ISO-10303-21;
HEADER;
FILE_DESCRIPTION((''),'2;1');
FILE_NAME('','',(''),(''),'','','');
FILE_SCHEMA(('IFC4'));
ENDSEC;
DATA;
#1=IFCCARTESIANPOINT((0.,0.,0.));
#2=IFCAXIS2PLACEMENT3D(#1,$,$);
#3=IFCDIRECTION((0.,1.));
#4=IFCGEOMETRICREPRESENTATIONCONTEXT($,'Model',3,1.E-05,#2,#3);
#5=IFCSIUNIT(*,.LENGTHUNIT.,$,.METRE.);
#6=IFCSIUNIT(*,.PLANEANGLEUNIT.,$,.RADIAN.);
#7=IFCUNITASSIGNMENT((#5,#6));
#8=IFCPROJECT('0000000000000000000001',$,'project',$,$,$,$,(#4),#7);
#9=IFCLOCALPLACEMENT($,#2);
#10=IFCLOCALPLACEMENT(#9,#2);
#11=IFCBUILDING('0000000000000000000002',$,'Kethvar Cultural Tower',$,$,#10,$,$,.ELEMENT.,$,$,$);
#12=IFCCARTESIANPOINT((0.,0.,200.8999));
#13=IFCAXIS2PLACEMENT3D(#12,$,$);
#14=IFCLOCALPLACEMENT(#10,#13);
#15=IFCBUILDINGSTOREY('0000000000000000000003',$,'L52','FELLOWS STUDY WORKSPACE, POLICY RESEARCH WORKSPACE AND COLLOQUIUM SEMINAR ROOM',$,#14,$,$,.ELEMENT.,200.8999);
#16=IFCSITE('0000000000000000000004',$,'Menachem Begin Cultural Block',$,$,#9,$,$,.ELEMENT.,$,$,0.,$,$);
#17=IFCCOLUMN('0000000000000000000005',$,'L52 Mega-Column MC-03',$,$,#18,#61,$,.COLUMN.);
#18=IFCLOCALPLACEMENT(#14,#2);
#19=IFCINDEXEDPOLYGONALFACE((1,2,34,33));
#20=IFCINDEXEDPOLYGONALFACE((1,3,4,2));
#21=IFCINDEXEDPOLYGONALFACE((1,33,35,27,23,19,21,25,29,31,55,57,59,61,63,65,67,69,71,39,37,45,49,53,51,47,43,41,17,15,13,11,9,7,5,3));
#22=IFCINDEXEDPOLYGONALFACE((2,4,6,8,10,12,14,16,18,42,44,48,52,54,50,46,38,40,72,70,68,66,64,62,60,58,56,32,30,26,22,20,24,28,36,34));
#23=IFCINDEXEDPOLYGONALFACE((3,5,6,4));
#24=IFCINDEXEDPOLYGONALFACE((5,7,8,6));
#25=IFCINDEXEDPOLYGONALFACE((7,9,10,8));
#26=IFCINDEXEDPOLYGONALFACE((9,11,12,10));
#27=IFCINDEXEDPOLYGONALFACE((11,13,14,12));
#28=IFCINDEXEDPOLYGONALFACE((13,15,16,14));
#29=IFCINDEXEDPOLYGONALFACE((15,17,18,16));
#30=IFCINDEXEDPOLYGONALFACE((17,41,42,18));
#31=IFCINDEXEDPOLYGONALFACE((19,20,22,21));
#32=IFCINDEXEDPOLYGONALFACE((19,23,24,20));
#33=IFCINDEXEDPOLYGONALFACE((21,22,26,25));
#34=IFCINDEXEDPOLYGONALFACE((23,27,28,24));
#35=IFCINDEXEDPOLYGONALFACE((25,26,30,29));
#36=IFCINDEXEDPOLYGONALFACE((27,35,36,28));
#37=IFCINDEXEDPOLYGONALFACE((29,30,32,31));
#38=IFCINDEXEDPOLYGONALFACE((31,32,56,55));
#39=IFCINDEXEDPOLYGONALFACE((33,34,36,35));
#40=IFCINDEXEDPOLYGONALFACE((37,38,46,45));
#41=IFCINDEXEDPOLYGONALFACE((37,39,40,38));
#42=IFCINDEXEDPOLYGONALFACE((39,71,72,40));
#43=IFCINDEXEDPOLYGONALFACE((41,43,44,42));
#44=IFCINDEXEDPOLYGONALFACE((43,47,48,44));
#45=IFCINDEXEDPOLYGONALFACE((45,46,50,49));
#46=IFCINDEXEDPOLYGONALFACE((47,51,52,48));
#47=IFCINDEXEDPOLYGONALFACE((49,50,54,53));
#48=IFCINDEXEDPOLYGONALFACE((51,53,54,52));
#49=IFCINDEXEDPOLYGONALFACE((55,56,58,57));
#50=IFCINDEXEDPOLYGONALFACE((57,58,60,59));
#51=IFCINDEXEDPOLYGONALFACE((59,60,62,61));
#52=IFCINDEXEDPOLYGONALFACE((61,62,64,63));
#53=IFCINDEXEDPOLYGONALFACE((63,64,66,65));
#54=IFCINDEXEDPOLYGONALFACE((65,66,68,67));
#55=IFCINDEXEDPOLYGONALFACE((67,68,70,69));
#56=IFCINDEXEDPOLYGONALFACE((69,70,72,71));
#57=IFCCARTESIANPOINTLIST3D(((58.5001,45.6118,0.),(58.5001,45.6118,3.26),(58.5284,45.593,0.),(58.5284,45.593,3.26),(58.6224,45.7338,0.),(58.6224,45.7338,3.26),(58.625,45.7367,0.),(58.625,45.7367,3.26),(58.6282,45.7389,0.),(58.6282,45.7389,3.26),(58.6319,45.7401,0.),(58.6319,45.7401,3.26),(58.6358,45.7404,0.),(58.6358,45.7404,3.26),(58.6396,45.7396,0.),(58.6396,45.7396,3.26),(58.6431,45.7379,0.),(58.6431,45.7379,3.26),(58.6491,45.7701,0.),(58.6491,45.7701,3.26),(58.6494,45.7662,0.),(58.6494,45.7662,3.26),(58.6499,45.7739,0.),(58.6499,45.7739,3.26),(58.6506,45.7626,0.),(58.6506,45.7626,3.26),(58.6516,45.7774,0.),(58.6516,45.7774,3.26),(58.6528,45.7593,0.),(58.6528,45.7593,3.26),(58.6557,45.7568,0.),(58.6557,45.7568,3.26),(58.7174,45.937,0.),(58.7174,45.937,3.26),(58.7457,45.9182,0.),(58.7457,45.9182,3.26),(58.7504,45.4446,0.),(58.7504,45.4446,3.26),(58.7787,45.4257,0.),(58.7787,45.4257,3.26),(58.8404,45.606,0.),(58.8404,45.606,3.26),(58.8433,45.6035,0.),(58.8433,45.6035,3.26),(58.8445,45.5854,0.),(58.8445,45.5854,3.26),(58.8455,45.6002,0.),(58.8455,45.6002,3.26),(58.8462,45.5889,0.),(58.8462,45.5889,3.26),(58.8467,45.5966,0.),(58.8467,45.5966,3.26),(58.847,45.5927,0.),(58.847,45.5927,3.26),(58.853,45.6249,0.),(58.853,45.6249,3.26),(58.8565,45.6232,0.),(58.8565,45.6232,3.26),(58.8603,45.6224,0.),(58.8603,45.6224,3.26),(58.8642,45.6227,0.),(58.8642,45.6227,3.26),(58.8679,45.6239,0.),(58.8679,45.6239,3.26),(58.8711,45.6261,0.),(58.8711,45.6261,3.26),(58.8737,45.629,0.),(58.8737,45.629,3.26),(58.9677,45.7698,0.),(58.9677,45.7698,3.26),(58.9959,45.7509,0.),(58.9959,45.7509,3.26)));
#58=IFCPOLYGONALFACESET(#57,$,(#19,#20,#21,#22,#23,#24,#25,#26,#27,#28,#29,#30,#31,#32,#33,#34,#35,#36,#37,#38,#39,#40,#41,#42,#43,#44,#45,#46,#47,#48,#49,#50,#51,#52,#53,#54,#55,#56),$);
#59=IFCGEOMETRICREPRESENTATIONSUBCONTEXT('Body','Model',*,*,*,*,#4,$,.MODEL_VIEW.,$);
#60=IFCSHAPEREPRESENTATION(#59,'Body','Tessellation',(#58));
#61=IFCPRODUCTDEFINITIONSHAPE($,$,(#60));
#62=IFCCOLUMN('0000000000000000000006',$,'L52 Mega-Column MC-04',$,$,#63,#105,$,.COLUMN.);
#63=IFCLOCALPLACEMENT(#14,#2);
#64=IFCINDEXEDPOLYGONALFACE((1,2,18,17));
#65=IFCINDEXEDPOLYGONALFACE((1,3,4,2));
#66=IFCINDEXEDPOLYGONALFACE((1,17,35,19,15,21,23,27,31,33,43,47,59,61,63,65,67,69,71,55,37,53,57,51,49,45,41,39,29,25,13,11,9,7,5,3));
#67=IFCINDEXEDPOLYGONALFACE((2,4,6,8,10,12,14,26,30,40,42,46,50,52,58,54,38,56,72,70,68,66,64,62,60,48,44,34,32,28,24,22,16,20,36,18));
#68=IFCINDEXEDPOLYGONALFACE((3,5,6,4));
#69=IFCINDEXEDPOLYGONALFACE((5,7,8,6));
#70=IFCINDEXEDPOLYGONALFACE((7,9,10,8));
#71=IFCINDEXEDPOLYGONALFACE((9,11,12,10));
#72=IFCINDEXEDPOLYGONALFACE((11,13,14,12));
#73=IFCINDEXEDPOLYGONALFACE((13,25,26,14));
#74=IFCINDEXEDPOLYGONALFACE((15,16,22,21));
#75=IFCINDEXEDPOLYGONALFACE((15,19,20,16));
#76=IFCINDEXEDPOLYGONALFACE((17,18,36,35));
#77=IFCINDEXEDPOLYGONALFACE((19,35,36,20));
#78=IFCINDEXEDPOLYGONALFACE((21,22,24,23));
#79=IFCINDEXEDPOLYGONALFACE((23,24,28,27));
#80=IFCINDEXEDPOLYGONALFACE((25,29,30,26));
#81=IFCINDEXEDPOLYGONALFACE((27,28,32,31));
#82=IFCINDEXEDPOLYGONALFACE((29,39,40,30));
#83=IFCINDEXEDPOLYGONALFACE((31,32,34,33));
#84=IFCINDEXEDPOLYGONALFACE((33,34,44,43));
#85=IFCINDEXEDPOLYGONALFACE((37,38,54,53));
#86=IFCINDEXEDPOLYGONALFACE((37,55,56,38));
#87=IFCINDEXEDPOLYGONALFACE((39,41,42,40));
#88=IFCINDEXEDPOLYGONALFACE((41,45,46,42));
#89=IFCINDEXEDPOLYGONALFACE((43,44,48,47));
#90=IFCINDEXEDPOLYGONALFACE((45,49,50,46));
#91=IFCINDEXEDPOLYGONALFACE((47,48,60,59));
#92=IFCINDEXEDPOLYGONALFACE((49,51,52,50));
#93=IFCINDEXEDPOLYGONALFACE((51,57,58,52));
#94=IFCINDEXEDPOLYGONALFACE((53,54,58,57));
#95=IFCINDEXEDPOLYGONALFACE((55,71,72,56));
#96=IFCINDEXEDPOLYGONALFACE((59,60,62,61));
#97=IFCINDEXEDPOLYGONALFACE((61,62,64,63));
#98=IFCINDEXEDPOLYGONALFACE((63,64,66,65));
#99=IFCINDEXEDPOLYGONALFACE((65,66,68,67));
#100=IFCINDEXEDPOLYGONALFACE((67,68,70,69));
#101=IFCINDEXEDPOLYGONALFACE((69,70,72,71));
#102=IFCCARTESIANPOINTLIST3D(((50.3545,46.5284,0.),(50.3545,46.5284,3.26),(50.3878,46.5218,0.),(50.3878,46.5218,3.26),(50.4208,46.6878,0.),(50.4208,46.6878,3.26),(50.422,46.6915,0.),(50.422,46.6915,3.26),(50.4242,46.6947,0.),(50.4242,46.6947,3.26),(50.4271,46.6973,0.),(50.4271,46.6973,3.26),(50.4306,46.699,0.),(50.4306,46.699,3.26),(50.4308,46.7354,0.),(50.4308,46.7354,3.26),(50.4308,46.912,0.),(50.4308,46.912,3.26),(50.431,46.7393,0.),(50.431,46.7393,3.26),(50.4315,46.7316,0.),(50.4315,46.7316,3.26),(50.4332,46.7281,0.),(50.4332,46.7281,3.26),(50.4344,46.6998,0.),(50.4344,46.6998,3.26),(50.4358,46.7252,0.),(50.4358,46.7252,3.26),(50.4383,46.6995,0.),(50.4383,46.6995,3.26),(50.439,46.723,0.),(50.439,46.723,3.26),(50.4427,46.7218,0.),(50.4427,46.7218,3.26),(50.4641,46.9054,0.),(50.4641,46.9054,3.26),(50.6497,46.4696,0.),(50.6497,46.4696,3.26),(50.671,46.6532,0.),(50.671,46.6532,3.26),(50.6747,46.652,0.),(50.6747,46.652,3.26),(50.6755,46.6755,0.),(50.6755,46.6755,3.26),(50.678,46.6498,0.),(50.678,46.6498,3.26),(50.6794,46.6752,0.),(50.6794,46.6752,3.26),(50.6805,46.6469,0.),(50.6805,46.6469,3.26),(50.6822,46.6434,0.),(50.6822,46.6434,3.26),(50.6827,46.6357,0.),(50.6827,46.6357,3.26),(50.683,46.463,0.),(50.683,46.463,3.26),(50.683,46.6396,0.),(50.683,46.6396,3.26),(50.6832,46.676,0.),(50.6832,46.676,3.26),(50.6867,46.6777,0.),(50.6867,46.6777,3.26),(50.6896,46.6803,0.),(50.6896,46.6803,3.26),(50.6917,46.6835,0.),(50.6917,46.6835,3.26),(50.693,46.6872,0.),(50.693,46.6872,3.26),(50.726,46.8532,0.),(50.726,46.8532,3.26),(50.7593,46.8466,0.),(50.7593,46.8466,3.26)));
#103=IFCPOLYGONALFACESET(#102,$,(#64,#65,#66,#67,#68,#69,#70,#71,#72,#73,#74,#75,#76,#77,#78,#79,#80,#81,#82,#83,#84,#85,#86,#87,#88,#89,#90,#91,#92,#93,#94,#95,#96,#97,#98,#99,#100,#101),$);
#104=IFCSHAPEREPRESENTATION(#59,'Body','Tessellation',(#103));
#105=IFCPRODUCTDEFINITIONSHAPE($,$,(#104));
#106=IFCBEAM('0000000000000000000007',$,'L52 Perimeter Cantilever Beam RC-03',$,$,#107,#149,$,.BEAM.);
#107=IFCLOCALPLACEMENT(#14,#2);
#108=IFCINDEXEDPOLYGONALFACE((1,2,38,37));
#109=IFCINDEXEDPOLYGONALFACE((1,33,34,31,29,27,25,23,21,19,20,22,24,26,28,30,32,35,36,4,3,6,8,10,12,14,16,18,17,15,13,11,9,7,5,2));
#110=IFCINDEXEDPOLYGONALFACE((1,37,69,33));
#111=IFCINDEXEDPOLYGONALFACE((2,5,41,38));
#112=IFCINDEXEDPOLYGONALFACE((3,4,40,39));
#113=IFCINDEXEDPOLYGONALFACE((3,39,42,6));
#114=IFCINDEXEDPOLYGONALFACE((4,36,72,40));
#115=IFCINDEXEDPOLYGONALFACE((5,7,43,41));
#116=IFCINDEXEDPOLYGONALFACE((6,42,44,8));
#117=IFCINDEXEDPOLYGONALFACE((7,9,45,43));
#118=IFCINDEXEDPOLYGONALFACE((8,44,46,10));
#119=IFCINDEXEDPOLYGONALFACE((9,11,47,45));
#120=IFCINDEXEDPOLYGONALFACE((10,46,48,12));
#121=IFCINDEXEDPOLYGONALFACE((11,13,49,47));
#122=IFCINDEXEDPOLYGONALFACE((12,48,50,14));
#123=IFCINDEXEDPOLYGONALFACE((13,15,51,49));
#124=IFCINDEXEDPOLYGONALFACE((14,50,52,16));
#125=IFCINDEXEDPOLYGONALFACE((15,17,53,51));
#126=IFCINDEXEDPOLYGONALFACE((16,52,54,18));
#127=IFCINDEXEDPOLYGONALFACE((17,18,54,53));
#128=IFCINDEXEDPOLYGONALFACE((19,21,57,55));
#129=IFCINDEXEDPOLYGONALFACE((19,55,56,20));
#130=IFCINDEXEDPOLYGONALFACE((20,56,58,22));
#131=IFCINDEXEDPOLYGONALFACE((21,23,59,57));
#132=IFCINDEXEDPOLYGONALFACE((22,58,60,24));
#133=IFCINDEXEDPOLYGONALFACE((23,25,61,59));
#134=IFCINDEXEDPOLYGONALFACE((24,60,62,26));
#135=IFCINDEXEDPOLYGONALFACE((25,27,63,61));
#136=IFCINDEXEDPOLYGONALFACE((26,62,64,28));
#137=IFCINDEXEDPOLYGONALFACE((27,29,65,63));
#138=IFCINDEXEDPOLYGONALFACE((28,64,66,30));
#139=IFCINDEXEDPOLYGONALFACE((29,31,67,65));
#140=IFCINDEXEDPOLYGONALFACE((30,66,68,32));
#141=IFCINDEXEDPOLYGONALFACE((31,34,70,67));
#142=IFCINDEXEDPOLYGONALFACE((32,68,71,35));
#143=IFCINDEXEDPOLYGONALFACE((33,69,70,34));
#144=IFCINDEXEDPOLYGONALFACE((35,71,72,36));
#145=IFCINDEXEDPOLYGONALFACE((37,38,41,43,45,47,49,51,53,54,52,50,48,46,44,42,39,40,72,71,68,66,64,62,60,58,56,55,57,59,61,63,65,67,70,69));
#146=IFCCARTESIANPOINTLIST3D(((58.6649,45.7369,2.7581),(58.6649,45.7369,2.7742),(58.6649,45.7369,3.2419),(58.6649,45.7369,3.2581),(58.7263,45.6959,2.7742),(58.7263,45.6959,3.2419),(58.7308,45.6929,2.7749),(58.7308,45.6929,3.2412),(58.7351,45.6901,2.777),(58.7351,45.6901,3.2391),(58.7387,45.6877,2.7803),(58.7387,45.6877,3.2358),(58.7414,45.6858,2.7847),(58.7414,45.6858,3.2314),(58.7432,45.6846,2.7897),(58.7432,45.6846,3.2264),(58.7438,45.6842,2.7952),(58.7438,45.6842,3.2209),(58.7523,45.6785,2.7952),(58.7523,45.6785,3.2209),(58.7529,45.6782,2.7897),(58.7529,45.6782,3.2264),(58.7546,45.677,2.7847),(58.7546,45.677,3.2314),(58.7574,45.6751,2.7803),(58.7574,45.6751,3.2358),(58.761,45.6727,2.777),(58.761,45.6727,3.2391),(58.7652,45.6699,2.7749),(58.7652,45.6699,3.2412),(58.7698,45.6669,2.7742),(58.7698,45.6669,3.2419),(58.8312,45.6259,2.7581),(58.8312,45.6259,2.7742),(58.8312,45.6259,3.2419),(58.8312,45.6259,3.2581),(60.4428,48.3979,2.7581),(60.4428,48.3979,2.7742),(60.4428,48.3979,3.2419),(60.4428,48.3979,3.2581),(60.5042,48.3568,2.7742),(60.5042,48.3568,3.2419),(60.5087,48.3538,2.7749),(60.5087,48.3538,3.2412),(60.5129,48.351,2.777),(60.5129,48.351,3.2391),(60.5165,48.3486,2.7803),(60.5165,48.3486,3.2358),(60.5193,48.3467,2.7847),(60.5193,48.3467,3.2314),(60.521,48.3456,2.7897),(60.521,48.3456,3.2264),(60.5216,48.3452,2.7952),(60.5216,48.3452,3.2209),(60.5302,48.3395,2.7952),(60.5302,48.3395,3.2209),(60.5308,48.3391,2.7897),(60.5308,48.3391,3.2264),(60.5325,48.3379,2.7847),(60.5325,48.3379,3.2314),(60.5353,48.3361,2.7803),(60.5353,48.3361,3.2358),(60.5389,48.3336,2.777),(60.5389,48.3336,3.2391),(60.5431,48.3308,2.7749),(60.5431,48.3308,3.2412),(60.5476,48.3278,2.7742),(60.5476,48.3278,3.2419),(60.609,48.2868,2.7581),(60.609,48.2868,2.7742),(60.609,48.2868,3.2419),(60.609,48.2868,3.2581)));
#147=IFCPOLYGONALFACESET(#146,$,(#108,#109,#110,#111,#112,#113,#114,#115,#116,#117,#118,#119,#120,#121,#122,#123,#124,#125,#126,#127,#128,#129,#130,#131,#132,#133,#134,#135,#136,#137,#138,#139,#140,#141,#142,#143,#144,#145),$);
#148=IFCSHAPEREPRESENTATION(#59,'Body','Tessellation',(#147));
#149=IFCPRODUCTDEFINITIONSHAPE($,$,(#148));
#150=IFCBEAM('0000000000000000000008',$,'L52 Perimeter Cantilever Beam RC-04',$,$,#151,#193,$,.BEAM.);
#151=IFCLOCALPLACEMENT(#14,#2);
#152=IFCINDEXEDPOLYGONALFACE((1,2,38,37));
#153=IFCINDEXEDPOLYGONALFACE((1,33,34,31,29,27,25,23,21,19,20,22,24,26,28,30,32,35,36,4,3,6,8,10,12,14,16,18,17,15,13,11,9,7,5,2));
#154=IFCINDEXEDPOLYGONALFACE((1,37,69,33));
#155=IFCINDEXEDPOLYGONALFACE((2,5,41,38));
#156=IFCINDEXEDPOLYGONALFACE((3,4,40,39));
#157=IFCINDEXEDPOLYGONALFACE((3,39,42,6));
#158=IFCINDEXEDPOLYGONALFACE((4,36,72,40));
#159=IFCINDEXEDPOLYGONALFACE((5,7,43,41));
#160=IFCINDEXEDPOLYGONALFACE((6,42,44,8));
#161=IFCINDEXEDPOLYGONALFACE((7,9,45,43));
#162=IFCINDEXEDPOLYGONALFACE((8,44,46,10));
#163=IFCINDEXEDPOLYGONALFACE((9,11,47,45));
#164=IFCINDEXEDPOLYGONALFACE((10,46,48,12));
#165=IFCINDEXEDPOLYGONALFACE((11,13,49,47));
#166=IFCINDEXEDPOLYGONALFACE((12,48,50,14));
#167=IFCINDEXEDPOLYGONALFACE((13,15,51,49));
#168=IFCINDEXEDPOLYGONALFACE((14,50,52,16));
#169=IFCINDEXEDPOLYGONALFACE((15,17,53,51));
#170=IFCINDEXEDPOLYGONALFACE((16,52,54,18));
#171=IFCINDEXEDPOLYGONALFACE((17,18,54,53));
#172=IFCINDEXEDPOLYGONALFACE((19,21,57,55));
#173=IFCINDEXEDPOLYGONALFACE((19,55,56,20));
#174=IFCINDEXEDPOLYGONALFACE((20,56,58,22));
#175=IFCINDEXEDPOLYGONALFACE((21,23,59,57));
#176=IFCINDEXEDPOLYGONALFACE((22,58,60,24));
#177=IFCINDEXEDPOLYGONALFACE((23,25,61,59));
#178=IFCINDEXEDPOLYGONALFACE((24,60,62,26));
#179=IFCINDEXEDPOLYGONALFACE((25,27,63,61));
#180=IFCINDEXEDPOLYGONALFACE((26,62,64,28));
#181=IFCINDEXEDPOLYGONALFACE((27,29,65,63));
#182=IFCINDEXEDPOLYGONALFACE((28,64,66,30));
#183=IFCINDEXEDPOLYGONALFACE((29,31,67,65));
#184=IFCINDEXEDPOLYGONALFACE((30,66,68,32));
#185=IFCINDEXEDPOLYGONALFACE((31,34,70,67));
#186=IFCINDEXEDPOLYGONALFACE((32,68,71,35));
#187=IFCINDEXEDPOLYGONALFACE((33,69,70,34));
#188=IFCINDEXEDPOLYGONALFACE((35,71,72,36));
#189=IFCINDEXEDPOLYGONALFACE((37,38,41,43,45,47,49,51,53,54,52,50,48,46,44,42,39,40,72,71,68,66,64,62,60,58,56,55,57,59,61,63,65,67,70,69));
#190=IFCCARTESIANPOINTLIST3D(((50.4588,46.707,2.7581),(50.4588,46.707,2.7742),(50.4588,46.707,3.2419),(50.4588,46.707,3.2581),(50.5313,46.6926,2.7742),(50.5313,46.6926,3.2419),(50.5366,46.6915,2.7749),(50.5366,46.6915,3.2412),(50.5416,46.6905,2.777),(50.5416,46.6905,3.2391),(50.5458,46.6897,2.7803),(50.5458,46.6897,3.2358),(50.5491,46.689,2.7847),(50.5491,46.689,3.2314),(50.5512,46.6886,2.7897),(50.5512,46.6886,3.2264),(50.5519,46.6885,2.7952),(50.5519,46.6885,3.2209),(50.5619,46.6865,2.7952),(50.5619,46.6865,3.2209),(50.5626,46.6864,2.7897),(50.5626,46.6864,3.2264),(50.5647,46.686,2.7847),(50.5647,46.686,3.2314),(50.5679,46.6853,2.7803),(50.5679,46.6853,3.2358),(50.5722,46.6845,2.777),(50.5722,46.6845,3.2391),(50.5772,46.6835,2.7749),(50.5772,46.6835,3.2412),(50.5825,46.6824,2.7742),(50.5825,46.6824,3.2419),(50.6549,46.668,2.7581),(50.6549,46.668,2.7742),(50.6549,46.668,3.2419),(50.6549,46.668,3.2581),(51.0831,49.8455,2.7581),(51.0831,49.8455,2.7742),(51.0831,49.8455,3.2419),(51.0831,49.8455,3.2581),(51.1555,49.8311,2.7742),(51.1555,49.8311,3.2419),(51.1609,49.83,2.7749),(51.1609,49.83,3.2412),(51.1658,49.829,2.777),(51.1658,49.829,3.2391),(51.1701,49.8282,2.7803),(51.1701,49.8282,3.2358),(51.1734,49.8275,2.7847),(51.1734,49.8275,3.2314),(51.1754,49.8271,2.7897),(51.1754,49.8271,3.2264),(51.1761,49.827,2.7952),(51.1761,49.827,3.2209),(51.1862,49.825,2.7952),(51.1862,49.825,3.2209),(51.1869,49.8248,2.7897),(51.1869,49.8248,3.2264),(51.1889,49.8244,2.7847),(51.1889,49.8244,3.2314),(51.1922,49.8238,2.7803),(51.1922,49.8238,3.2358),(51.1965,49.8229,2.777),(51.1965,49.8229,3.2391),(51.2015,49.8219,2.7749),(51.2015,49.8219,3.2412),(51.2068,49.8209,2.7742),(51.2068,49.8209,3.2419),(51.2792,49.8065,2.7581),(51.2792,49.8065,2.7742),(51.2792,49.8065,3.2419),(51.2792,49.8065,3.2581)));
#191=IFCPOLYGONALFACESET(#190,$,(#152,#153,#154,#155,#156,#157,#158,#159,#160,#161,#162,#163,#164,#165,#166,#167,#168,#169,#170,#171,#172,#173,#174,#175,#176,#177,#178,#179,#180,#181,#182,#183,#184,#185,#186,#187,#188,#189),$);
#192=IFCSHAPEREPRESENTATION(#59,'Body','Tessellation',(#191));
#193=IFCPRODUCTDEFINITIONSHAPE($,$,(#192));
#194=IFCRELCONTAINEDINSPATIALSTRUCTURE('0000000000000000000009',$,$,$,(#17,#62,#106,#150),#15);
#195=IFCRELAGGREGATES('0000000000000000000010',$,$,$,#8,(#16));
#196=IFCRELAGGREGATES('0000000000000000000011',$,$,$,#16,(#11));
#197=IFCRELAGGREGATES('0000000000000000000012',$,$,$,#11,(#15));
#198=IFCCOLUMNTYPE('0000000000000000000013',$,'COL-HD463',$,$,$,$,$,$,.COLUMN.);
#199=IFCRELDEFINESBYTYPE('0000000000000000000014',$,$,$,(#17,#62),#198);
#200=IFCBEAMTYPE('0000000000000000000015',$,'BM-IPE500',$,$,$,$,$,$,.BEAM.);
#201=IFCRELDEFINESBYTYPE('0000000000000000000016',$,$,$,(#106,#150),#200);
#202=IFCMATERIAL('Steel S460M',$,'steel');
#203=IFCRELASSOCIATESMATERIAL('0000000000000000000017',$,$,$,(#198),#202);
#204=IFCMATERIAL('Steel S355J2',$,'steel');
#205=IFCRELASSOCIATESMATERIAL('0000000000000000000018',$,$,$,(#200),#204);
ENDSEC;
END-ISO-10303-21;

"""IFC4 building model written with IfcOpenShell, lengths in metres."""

from ifc_helpers import new_model, si_unit, direction, frame, origin, origin_2d, place, context, subcontext, project, spatial, i_section, extrude, source, transform, mapped, material, material_profile, profile_set, type_object, element, save


model = new_model("IFC4")

# Units and contexts
model_context = context("Model", 3, precision=1e-05, world=origin(), true_north=direction((0.0, 1.0)))
body_context = subcontext(model_context, "Body", "Model", "MODEL_VIEW")
ifc_project = project(units=[si_unit("LENGTHUNIT", "METRE"), si_unit("PLANEANGLEUNIT", "RADIAN")], contexts=[model_context])

# Site, building, storey
site_placement = place(None, origin())
site = spatial("IfcSite", under=ifc_project, at=site_placement, Name="Menachem Begin Cultural Block", CompositionType="ELEMENT", RefElevation=0.0)
building_placement = place(site_placement, origin())
building = spatial("IfcBuilding", under=site, at=building_placement, Name="Kethvar Cultural Tower", CompositionType="ELEMENT")
storey_placement = place(building_placement, frame((0.0, 0.0, 200.8999)))
storey = spatial("IfcBuildingStorey", under=building, at=storey_placement, Name="L52", Description="FELLOWS STUDY WORKSPACE, POLICY RESEARCH WORKSPACE AND COLLOQUIUM SEMINAR ROOM", CompositionType="ELEMENT", Elevation=200.8999)

# Columns
ifc_material_1 = material(Name="Steel S460M", Category="steel")
ifc_material_profile_1 = material_profile(ifc_material_1, i_section(OverallWidth=0.3911, OverallDepth=0.335, WebThickness=0.0227, FlangeThickness=0.0339, FilletRadius=0.0149, at=origin_2d()), Name="Steel S460M — HD400x463")
ifc_profile_set_1 = profile_set([ifc_material_profile_1], Name="Steel S460M — HD400x463")
column_type = type_object("IfcColumnType", Name="COL-HD463", PredefinedType="COLUMN", material=ifc_profile_set_1)
shared_shape_1 = source(origin(), body_context, "Body", "SweptSolid", [
    extrude(i_section(OverallWidth=0.3911, OverallDepth=0.335, WebThickness=0.0227, FlangeThickness=0.0339, FilletRadius=0.0149, at=origin_2d()), origin(), (0.0, 0.0, 1.0), 3.26),
])
for number, where, z_axis, x_axis, name in (
    (1, (58.748, 45.6814, 0.0), (0.0, 0.0, 1.0), (0.55557, 0.83147, 0.0), "L52 Mega-Column MC-03"),
    (2, (50.5569, 46.6875, 0.0), (0.0, 0.0, 1.0), (0.19509, 0.980785, 0.0), "L52 Mega-Column MC-04"),
):
    element("IfcColumn", number, at=place(storey_placement, frame(where, z_axis=z_axis, x_axis=x_axis)), inside=storey, type_object=column_type, Name=name, PredefinedType="COLUMN", context=body_context, shape_type="MappedRepresentation", body=[
        mapped(shared_shape_1, transform((0.0, 0.0, 0.0), scale=1.0)),
    ])

# Beams
ifc_material_2 = material(Name="Steel S355J2", Category="steel")
ifc_material_profile_2 = material_profile(ifc_material_2, i_section(OverallWidth=0.2, OverallDepth=0.5, WebThickness=0.0103, FlangeThickness=0.0161, FilletRadius=0.021, at=origin_2d()), Name="Steel S355J2 — IPE500")
ifc_profile_set_2 = profile_set([ifc_material_profile_2], Name="Steel S355J2 — IPE500")
beam_type_1 = type_object("IfcBeamType", Name="BM-IPE500", PredefinedType="BEAM", material=ifc_profile_set_2)
shared_shape_2 = source(origin(), body_context, "Body", "SweptSolid", [
    extrude(i_section(OverallWidth=0.2, OverallDepth=0.5, WebThickness=0.0103, FlangeThickness=0.0161, FilletRadius=0.021, at=origin_2d()), origin(), (0.0, 0.0, 1.0), 3.2002),
])
beam_1_placement = place(storey_placement, frame((58.748, 45.6814, 3.0081), z_axis=(0.555545, 0.831486, 0.0), x_axis=(-0.831486, 0.555545, 0.0)))
element("IfcBeam", 3, at=beam_1_placement, inside=storey, type_object=beam_type_1, Name="L52 Perimeter Cantilever Beam RC-03", PredefinedType="BEAM", context=body_context, shape_type="MappedRepresentation", body=[
    mapped(shared_shape_2, transform((0.0, 0.0, 0.0), scale=1.0)),
])
shared_shape_3 = source(origin(), body_context, "Body", "SweptSolid", [
    extrude(i_section(OverallWidth=0.2, OverallDepth=0.5, WebThickness=0.0103, FlangeThickness=0.0161, FilletRadius=0.021, at=origin_2d()), origin(), (0.0, 0.0, 1.0), 3.2),
])
beam_2_placement = place(storey_placement, frame((50.5569, 46.6875, 3.0081), z_axis=(0.195089, 0.980786, 0.0), x_axis=(-0.980786, 0.195089, 0.0)))
element("IfcBeam", 4, at=beam_2_placement, inside=storey, type_object=beam_type_1, Name="L52 Perimeter Cantilever Beam RC-04", PredefinedType="BEAM", context=body_context, shape_type="MappedRepresentation", body=[
    mapped(shared_shape_3, transform((0.0, 0.0, 0.0), scale=1.0)),
])

save(model, "model.ifc")
